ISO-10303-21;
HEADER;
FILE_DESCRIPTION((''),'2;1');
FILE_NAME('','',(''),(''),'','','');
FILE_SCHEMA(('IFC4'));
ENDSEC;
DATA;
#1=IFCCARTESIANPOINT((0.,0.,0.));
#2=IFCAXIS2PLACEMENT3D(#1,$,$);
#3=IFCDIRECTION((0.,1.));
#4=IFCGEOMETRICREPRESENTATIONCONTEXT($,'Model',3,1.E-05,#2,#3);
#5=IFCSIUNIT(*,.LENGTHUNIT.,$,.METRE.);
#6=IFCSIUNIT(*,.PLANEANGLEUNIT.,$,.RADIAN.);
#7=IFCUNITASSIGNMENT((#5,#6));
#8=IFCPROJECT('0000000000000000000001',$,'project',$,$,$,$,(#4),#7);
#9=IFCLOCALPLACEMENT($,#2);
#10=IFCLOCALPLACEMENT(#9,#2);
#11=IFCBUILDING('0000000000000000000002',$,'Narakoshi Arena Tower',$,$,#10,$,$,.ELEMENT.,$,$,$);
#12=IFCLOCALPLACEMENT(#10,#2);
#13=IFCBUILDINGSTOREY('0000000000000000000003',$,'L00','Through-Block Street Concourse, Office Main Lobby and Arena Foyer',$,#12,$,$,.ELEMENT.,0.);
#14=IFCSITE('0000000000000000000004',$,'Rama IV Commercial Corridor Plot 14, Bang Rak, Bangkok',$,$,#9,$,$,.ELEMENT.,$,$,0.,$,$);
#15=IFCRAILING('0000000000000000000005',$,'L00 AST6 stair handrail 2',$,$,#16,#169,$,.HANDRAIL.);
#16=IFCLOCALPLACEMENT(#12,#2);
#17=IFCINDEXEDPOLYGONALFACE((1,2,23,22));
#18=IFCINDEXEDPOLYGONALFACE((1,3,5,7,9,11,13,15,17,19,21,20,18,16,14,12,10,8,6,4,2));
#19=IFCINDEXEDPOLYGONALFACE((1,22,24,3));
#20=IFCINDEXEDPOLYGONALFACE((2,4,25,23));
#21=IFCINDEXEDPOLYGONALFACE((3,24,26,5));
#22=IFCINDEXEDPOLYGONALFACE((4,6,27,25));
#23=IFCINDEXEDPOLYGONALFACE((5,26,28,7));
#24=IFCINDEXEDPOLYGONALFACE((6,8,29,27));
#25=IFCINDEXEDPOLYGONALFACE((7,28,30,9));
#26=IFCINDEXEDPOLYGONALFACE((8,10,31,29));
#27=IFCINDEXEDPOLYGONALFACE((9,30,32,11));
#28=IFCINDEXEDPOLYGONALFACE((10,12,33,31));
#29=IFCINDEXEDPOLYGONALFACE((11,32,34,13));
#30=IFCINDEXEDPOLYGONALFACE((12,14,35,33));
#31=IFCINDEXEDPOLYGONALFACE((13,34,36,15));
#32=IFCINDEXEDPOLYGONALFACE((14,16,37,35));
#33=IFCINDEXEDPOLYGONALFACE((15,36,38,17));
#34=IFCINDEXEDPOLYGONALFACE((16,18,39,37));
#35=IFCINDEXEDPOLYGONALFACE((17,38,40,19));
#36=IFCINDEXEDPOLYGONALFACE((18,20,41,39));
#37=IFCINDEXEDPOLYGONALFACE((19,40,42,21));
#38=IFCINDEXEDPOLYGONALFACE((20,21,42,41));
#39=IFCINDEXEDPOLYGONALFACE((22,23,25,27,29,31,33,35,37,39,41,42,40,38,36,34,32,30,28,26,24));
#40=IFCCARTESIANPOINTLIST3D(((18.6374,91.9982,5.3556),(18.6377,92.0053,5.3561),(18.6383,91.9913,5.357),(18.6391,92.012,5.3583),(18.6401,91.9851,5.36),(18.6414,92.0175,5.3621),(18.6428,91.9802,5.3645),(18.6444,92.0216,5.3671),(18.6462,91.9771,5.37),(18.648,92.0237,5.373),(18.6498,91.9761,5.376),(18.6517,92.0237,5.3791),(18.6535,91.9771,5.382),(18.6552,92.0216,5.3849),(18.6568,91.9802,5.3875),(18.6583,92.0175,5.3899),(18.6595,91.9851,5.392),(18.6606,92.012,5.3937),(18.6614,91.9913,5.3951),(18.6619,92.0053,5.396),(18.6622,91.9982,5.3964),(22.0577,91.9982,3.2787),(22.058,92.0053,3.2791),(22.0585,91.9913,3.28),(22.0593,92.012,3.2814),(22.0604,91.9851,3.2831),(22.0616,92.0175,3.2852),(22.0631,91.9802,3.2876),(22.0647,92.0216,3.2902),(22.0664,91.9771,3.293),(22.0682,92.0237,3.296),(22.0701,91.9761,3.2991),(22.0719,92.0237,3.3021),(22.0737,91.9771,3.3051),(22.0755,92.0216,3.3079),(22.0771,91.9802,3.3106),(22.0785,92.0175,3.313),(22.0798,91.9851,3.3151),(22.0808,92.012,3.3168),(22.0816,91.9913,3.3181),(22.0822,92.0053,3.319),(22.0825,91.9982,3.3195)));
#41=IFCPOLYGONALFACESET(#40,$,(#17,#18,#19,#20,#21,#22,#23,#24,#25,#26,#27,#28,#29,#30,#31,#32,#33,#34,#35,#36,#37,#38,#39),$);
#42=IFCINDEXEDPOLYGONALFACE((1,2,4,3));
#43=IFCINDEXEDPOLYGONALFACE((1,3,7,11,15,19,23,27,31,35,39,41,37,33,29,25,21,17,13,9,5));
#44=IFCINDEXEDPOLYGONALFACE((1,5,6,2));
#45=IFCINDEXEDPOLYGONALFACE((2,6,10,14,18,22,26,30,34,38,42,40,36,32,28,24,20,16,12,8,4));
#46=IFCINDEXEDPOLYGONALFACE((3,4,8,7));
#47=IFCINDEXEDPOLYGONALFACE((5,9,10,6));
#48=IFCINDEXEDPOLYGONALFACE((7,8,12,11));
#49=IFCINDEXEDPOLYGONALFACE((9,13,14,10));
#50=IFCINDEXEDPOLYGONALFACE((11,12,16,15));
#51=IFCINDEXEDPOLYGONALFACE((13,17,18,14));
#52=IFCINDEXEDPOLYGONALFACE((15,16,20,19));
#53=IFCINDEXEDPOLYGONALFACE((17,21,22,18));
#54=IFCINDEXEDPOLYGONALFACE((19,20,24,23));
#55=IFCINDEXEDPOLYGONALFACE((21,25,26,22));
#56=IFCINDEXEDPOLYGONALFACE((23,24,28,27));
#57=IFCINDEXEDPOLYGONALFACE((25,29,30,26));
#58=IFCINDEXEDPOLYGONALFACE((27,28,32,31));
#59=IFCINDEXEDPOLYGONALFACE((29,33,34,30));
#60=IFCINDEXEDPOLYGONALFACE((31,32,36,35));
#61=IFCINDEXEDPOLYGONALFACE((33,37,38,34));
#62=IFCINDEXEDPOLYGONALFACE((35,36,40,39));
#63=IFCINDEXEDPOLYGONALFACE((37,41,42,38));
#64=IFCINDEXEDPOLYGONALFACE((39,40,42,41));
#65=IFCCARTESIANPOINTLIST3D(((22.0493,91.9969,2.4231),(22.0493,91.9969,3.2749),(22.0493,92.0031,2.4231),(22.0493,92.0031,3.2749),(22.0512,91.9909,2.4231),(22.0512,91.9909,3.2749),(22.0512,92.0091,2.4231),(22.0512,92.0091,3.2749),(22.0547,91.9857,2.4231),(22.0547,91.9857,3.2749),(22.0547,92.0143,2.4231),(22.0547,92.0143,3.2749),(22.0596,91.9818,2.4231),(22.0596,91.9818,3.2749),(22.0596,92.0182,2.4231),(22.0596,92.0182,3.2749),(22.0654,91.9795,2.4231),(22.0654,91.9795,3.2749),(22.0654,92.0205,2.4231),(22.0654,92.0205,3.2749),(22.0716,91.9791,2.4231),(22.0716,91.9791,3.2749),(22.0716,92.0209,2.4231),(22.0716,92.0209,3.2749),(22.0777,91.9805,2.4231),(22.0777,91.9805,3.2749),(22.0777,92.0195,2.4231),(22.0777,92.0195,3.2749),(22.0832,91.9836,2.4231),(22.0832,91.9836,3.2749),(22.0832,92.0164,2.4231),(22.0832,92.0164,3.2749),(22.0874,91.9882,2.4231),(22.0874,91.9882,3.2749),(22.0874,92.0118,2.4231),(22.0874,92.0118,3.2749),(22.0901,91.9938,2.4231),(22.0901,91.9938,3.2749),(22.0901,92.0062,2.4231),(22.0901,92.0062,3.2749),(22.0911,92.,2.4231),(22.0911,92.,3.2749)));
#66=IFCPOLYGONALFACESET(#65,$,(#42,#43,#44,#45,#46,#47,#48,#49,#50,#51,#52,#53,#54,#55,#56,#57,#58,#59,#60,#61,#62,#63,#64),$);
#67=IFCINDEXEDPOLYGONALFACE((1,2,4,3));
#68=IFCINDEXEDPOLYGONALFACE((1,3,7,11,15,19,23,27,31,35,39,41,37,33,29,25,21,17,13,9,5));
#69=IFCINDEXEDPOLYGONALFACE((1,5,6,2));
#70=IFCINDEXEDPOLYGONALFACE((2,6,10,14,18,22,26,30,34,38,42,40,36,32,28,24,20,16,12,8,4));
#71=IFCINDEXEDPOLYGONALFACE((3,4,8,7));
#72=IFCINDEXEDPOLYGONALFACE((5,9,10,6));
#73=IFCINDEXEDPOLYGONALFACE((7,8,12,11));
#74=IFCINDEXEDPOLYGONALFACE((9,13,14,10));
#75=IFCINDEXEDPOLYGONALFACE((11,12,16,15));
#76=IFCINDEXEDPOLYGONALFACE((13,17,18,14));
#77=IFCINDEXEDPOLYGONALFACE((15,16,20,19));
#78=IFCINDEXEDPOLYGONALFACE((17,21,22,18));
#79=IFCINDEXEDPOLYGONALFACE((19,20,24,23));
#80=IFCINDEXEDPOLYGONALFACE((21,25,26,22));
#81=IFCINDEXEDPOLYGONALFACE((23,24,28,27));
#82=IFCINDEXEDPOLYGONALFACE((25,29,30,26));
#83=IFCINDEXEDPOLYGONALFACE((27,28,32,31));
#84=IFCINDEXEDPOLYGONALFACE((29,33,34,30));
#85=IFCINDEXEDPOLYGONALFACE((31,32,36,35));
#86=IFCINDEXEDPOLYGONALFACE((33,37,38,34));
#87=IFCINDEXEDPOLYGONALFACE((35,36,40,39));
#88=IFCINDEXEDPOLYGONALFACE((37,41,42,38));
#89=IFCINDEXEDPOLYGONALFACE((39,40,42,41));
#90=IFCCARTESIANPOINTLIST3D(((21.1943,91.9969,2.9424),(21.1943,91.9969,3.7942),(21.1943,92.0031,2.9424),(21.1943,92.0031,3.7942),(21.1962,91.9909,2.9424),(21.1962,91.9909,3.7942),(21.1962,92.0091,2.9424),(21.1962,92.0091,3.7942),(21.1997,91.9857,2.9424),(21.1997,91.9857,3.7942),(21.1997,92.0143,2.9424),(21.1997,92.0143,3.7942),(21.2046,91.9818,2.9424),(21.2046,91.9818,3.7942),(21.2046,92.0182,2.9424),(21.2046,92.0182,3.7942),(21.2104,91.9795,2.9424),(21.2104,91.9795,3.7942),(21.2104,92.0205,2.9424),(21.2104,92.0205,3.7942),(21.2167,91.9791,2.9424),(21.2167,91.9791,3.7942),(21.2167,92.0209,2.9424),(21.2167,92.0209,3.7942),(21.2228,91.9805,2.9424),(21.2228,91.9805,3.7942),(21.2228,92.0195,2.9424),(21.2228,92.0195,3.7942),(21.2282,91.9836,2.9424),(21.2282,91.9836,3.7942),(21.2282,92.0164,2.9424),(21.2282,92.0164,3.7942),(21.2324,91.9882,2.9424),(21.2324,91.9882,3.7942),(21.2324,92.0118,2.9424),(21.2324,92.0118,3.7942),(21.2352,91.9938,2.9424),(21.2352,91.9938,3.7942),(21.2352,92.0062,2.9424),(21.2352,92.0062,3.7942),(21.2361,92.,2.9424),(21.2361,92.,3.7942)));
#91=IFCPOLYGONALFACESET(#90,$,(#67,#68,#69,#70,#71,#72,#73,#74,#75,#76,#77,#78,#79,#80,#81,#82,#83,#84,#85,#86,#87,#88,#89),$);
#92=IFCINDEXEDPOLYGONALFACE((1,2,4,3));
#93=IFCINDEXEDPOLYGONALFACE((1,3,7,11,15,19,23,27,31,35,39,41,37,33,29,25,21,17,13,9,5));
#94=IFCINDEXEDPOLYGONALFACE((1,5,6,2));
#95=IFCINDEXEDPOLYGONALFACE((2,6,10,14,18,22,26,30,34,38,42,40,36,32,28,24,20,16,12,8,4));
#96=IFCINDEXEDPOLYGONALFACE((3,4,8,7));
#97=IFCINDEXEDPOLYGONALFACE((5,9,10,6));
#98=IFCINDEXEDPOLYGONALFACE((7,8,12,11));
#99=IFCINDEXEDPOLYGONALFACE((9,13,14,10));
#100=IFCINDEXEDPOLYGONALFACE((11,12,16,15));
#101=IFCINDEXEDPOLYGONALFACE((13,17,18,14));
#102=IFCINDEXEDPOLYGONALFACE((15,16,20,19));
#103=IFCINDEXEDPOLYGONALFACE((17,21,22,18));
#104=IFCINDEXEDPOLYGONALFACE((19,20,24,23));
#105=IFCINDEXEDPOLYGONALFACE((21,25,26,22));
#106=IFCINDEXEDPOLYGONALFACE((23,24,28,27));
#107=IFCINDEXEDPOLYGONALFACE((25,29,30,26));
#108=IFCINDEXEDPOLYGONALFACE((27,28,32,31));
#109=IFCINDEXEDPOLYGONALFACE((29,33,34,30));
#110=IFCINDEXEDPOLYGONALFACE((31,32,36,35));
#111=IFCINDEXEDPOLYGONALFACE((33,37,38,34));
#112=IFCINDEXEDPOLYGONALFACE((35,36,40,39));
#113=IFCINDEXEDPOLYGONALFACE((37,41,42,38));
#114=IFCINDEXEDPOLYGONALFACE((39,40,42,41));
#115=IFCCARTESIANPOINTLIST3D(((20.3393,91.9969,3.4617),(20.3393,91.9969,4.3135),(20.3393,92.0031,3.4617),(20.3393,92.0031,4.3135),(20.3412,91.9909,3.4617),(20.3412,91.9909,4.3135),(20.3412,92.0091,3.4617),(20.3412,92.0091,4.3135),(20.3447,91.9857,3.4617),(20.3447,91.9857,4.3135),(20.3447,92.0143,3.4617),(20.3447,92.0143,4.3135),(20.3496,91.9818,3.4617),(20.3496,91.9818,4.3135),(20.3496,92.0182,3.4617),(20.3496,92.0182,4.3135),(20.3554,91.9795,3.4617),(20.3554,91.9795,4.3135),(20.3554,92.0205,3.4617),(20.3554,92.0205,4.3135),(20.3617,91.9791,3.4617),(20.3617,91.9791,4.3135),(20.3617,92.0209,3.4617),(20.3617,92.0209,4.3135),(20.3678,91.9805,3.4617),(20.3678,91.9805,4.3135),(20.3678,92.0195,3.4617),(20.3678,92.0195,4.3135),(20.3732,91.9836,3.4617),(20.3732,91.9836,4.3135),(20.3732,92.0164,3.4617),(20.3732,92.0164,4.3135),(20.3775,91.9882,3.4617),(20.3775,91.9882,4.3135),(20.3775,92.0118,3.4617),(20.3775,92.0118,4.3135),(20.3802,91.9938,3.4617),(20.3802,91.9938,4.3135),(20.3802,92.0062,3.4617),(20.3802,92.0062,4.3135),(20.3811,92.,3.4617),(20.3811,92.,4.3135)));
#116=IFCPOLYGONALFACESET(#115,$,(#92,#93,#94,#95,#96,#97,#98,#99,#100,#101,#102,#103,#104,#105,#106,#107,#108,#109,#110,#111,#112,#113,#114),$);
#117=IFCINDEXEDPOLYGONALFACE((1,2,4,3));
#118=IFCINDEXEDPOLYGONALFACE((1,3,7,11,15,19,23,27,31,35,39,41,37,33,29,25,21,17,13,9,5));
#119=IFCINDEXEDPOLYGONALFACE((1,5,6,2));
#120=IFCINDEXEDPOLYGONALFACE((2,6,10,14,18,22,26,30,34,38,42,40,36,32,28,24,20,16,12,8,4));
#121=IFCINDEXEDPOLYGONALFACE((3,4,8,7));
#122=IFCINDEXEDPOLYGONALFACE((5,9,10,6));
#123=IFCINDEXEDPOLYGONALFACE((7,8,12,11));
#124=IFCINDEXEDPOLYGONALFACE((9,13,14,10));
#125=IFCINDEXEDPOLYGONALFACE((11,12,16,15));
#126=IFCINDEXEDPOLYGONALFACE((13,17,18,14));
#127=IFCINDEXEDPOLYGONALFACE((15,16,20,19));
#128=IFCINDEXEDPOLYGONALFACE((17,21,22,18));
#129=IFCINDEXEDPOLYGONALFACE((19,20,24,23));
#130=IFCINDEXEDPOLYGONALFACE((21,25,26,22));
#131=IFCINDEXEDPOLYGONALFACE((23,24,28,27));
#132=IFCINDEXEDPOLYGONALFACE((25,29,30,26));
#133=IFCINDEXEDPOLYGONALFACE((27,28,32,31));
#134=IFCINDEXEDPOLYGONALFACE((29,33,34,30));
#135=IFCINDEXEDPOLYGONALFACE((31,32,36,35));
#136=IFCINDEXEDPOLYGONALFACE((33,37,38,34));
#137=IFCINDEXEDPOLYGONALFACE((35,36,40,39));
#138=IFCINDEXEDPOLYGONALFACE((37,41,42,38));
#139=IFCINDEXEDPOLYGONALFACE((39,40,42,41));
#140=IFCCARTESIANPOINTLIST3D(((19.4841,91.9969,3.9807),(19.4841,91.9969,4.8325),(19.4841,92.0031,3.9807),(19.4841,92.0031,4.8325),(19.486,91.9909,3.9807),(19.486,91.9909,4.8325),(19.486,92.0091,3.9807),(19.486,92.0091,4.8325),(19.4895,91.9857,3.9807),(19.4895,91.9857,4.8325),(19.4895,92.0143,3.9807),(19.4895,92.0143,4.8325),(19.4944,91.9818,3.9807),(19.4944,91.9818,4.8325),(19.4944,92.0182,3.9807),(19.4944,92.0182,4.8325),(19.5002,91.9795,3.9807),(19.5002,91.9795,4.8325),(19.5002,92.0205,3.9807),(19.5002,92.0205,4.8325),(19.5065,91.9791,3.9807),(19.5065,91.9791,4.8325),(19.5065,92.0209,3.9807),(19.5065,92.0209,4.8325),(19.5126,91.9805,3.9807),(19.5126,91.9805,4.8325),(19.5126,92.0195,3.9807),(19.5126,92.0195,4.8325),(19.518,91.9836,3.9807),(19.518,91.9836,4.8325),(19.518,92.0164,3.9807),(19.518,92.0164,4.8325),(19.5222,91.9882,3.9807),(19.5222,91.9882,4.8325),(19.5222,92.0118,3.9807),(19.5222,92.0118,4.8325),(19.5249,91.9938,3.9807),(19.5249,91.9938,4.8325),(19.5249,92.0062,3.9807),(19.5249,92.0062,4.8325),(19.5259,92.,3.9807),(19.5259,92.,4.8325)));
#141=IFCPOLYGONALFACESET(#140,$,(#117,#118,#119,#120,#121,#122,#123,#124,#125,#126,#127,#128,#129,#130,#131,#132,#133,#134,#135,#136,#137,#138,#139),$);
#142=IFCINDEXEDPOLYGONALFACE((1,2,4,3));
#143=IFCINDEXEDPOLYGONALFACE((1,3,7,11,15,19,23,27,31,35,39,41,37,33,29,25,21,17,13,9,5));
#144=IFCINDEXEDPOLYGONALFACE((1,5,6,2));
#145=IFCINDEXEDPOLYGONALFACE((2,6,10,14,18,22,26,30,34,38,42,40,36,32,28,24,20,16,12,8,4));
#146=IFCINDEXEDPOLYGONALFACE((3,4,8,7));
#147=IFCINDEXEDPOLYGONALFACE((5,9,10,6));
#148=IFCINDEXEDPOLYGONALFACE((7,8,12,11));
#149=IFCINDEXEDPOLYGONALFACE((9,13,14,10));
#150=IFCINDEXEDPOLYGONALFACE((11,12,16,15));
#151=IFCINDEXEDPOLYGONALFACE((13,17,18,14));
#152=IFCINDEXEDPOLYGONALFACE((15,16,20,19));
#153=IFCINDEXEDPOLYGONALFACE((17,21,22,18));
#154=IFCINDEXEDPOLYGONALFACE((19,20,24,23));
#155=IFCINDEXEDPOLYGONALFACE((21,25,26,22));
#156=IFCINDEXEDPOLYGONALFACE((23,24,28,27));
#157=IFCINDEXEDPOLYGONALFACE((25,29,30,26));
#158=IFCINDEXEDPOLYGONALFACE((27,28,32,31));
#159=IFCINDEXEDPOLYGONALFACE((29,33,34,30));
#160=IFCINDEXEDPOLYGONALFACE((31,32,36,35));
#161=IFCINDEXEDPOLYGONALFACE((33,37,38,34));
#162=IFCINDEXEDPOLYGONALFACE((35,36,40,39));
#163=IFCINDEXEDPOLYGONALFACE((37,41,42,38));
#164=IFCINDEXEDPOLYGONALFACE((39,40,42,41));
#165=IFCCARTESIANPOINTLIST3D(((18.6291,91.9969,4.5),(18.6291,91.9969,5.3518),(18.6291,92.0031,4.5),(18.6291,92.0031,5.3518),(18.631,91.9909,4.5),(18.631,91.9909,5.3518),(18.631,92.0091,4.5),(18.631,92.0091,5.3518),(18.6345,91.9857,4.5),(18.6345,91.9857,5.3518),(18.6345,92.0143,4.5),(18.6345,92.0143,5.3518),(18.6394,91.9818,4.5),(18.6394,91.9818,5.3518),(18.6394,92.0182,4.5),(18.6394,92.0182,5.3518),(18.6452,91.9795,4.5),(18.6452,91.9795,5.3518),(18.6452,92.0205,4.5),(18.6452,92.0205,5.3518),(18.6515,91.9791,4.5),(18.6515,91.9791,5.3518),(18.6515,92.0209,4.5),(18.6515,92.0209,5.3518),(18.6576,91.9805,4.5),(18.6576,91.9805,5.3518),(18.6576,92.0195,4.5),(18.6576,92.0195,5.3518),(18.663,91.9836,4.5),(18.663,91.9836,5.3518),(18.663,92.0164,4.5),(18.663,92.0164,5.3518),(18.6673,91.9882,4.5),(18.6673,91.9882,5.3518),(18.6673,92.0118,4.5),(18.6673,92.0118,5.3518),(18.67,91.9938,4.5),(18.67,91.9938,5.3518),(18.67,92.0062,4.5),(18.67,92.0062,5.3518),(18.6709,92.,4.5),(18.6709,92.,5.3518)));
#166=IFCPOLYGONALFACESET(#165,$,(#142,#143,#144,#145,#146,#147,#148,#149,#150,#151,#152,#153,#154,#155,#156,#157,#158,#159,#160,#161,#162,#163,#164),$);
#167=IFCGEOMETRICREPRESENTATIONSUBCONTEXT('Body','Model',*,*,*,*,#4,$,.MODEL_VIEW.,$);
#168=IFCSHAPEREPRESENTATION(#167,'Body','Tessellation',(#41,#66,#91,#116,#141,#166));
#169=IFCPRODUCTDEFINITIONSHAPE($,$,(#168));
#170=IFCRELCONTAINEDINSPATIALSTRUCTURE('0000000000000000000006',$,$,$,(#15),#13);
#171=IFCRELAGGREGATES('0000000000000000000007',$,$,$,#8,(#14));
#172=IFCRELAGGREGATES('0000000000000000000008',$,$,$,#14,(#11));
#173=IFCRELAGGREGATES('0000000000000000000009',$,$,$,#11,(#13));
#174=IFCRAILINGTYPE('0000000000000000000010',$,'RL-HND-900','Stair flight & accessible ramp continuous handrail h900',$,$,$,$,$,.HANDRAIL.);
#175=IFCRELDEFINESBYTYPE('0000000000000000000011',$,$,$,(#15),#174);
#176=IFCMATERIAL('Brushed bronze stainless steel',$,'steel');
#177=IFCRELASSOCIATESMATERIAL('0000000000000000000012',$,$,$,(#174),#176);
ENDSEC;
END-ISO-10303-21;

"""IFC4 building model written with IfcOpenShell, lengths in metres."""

from ifc_helpers import new_model, si_unit, direction, frame, origin, origin_2d, place, context, subcontext, project, spatial, circle, extrude, material, type_object, element, save


model = new_model("IFC4")

# Units and contexts
model_context = context("Model", 3, precision=1e-05, world=origin(), true_north=direction((0.0, 1.0)))
body_context = subcontext(model_context, "Body", "Model", "MODEL_VIEW")
ifc_project = project(units=[si_unit("LENGTHUNIT", "METRE"), si_unit("PLANEANGLEUNIT", "RADIAN")], contexts=[model_context])

# Site, building, storey
site_placement = place(None, origin())
site = spatial("IfcSite", under=ifc_project, at=site_placement, Name="Rama IV Commercial Corridor Plot 14, Bang Rak, Bangkok", CompositionType="ELEMENT", RefElevation=0.0)
building_placement = place(site_placement, origin())
building = spatial("IfcBuilding", under=site, at=building_placement, Name="Narakoshi Arena Tower", CompositionType="ELEMENT")
storey_placement = place(building_placement, origin())
storey = spatial("IfcBuildingStorey", under=building, at=storey_placement, Name="L00", Description="Through-Block Street Concourse, Office Main Lobby and Arena Foyer", CompositionType="ELEMENT", Elevation=0.0)

# Railing
ifc_material_1 = material(Name="Brushed bronze stainless steel", Category="steel")
railing_type_1 = type_object("IfcRailingType", Name="RL-HND-900", Description="Stair flight & accessible ramp continuous handrail h900", PredefinedType="HANDRAIL", material=ifc_material_1)
railing_1_placement = place(storey_placement, frame((22.0701, 92.0, 2.4231)))
element("IfcRailing", 1, at=railing_1_placement, inside=storey, type_object=railing_type_1, Name="L00 AST6 stair handrail 2", PredefinedType="HANDRAIL", context=body_context, shape_type="SweptSolid", body=[
    extrude(circle(Radius=0.0239, at=origin_2d()), frame((0.0, 0.0, 0.876), z_axis=(-0.854746, 0.0, 0.519047), x_axis=(0.0, -1.0, 0.0)), (0.0, 0.0, 1.0), 4.0015),
    extrude(circle(Radius=0.021, at=origin_2d()), origin(), (0.0, 0.0, 1.0), 0.8518),
    extrude(circle(Radius=0.021, at=origin_2d()), frame((-0.855, 0.0, 0.5193)), (0.0, 0.0, 1.0), 0.8518),
    extrude(circle(Radius=0.021, at=origin_2d()), frame((-1.71, 0.0, 1.0386)), (0.0, 0.0, 1.0), 0.8518),
    extrude(circle(Radius=0.021, at=origin_2d()), frame((-2.5652, 0.0, 1.5576)), (0.0, 0.0, 1.0), 0.8518),
    extrude(circle(Radius=0.021, at=origin_2d()), frame((-3.4202, 0.0, 2.0769)), (0.0, 0.0, 1.0), 0.8518),
])

save(model, "model.ifc")
